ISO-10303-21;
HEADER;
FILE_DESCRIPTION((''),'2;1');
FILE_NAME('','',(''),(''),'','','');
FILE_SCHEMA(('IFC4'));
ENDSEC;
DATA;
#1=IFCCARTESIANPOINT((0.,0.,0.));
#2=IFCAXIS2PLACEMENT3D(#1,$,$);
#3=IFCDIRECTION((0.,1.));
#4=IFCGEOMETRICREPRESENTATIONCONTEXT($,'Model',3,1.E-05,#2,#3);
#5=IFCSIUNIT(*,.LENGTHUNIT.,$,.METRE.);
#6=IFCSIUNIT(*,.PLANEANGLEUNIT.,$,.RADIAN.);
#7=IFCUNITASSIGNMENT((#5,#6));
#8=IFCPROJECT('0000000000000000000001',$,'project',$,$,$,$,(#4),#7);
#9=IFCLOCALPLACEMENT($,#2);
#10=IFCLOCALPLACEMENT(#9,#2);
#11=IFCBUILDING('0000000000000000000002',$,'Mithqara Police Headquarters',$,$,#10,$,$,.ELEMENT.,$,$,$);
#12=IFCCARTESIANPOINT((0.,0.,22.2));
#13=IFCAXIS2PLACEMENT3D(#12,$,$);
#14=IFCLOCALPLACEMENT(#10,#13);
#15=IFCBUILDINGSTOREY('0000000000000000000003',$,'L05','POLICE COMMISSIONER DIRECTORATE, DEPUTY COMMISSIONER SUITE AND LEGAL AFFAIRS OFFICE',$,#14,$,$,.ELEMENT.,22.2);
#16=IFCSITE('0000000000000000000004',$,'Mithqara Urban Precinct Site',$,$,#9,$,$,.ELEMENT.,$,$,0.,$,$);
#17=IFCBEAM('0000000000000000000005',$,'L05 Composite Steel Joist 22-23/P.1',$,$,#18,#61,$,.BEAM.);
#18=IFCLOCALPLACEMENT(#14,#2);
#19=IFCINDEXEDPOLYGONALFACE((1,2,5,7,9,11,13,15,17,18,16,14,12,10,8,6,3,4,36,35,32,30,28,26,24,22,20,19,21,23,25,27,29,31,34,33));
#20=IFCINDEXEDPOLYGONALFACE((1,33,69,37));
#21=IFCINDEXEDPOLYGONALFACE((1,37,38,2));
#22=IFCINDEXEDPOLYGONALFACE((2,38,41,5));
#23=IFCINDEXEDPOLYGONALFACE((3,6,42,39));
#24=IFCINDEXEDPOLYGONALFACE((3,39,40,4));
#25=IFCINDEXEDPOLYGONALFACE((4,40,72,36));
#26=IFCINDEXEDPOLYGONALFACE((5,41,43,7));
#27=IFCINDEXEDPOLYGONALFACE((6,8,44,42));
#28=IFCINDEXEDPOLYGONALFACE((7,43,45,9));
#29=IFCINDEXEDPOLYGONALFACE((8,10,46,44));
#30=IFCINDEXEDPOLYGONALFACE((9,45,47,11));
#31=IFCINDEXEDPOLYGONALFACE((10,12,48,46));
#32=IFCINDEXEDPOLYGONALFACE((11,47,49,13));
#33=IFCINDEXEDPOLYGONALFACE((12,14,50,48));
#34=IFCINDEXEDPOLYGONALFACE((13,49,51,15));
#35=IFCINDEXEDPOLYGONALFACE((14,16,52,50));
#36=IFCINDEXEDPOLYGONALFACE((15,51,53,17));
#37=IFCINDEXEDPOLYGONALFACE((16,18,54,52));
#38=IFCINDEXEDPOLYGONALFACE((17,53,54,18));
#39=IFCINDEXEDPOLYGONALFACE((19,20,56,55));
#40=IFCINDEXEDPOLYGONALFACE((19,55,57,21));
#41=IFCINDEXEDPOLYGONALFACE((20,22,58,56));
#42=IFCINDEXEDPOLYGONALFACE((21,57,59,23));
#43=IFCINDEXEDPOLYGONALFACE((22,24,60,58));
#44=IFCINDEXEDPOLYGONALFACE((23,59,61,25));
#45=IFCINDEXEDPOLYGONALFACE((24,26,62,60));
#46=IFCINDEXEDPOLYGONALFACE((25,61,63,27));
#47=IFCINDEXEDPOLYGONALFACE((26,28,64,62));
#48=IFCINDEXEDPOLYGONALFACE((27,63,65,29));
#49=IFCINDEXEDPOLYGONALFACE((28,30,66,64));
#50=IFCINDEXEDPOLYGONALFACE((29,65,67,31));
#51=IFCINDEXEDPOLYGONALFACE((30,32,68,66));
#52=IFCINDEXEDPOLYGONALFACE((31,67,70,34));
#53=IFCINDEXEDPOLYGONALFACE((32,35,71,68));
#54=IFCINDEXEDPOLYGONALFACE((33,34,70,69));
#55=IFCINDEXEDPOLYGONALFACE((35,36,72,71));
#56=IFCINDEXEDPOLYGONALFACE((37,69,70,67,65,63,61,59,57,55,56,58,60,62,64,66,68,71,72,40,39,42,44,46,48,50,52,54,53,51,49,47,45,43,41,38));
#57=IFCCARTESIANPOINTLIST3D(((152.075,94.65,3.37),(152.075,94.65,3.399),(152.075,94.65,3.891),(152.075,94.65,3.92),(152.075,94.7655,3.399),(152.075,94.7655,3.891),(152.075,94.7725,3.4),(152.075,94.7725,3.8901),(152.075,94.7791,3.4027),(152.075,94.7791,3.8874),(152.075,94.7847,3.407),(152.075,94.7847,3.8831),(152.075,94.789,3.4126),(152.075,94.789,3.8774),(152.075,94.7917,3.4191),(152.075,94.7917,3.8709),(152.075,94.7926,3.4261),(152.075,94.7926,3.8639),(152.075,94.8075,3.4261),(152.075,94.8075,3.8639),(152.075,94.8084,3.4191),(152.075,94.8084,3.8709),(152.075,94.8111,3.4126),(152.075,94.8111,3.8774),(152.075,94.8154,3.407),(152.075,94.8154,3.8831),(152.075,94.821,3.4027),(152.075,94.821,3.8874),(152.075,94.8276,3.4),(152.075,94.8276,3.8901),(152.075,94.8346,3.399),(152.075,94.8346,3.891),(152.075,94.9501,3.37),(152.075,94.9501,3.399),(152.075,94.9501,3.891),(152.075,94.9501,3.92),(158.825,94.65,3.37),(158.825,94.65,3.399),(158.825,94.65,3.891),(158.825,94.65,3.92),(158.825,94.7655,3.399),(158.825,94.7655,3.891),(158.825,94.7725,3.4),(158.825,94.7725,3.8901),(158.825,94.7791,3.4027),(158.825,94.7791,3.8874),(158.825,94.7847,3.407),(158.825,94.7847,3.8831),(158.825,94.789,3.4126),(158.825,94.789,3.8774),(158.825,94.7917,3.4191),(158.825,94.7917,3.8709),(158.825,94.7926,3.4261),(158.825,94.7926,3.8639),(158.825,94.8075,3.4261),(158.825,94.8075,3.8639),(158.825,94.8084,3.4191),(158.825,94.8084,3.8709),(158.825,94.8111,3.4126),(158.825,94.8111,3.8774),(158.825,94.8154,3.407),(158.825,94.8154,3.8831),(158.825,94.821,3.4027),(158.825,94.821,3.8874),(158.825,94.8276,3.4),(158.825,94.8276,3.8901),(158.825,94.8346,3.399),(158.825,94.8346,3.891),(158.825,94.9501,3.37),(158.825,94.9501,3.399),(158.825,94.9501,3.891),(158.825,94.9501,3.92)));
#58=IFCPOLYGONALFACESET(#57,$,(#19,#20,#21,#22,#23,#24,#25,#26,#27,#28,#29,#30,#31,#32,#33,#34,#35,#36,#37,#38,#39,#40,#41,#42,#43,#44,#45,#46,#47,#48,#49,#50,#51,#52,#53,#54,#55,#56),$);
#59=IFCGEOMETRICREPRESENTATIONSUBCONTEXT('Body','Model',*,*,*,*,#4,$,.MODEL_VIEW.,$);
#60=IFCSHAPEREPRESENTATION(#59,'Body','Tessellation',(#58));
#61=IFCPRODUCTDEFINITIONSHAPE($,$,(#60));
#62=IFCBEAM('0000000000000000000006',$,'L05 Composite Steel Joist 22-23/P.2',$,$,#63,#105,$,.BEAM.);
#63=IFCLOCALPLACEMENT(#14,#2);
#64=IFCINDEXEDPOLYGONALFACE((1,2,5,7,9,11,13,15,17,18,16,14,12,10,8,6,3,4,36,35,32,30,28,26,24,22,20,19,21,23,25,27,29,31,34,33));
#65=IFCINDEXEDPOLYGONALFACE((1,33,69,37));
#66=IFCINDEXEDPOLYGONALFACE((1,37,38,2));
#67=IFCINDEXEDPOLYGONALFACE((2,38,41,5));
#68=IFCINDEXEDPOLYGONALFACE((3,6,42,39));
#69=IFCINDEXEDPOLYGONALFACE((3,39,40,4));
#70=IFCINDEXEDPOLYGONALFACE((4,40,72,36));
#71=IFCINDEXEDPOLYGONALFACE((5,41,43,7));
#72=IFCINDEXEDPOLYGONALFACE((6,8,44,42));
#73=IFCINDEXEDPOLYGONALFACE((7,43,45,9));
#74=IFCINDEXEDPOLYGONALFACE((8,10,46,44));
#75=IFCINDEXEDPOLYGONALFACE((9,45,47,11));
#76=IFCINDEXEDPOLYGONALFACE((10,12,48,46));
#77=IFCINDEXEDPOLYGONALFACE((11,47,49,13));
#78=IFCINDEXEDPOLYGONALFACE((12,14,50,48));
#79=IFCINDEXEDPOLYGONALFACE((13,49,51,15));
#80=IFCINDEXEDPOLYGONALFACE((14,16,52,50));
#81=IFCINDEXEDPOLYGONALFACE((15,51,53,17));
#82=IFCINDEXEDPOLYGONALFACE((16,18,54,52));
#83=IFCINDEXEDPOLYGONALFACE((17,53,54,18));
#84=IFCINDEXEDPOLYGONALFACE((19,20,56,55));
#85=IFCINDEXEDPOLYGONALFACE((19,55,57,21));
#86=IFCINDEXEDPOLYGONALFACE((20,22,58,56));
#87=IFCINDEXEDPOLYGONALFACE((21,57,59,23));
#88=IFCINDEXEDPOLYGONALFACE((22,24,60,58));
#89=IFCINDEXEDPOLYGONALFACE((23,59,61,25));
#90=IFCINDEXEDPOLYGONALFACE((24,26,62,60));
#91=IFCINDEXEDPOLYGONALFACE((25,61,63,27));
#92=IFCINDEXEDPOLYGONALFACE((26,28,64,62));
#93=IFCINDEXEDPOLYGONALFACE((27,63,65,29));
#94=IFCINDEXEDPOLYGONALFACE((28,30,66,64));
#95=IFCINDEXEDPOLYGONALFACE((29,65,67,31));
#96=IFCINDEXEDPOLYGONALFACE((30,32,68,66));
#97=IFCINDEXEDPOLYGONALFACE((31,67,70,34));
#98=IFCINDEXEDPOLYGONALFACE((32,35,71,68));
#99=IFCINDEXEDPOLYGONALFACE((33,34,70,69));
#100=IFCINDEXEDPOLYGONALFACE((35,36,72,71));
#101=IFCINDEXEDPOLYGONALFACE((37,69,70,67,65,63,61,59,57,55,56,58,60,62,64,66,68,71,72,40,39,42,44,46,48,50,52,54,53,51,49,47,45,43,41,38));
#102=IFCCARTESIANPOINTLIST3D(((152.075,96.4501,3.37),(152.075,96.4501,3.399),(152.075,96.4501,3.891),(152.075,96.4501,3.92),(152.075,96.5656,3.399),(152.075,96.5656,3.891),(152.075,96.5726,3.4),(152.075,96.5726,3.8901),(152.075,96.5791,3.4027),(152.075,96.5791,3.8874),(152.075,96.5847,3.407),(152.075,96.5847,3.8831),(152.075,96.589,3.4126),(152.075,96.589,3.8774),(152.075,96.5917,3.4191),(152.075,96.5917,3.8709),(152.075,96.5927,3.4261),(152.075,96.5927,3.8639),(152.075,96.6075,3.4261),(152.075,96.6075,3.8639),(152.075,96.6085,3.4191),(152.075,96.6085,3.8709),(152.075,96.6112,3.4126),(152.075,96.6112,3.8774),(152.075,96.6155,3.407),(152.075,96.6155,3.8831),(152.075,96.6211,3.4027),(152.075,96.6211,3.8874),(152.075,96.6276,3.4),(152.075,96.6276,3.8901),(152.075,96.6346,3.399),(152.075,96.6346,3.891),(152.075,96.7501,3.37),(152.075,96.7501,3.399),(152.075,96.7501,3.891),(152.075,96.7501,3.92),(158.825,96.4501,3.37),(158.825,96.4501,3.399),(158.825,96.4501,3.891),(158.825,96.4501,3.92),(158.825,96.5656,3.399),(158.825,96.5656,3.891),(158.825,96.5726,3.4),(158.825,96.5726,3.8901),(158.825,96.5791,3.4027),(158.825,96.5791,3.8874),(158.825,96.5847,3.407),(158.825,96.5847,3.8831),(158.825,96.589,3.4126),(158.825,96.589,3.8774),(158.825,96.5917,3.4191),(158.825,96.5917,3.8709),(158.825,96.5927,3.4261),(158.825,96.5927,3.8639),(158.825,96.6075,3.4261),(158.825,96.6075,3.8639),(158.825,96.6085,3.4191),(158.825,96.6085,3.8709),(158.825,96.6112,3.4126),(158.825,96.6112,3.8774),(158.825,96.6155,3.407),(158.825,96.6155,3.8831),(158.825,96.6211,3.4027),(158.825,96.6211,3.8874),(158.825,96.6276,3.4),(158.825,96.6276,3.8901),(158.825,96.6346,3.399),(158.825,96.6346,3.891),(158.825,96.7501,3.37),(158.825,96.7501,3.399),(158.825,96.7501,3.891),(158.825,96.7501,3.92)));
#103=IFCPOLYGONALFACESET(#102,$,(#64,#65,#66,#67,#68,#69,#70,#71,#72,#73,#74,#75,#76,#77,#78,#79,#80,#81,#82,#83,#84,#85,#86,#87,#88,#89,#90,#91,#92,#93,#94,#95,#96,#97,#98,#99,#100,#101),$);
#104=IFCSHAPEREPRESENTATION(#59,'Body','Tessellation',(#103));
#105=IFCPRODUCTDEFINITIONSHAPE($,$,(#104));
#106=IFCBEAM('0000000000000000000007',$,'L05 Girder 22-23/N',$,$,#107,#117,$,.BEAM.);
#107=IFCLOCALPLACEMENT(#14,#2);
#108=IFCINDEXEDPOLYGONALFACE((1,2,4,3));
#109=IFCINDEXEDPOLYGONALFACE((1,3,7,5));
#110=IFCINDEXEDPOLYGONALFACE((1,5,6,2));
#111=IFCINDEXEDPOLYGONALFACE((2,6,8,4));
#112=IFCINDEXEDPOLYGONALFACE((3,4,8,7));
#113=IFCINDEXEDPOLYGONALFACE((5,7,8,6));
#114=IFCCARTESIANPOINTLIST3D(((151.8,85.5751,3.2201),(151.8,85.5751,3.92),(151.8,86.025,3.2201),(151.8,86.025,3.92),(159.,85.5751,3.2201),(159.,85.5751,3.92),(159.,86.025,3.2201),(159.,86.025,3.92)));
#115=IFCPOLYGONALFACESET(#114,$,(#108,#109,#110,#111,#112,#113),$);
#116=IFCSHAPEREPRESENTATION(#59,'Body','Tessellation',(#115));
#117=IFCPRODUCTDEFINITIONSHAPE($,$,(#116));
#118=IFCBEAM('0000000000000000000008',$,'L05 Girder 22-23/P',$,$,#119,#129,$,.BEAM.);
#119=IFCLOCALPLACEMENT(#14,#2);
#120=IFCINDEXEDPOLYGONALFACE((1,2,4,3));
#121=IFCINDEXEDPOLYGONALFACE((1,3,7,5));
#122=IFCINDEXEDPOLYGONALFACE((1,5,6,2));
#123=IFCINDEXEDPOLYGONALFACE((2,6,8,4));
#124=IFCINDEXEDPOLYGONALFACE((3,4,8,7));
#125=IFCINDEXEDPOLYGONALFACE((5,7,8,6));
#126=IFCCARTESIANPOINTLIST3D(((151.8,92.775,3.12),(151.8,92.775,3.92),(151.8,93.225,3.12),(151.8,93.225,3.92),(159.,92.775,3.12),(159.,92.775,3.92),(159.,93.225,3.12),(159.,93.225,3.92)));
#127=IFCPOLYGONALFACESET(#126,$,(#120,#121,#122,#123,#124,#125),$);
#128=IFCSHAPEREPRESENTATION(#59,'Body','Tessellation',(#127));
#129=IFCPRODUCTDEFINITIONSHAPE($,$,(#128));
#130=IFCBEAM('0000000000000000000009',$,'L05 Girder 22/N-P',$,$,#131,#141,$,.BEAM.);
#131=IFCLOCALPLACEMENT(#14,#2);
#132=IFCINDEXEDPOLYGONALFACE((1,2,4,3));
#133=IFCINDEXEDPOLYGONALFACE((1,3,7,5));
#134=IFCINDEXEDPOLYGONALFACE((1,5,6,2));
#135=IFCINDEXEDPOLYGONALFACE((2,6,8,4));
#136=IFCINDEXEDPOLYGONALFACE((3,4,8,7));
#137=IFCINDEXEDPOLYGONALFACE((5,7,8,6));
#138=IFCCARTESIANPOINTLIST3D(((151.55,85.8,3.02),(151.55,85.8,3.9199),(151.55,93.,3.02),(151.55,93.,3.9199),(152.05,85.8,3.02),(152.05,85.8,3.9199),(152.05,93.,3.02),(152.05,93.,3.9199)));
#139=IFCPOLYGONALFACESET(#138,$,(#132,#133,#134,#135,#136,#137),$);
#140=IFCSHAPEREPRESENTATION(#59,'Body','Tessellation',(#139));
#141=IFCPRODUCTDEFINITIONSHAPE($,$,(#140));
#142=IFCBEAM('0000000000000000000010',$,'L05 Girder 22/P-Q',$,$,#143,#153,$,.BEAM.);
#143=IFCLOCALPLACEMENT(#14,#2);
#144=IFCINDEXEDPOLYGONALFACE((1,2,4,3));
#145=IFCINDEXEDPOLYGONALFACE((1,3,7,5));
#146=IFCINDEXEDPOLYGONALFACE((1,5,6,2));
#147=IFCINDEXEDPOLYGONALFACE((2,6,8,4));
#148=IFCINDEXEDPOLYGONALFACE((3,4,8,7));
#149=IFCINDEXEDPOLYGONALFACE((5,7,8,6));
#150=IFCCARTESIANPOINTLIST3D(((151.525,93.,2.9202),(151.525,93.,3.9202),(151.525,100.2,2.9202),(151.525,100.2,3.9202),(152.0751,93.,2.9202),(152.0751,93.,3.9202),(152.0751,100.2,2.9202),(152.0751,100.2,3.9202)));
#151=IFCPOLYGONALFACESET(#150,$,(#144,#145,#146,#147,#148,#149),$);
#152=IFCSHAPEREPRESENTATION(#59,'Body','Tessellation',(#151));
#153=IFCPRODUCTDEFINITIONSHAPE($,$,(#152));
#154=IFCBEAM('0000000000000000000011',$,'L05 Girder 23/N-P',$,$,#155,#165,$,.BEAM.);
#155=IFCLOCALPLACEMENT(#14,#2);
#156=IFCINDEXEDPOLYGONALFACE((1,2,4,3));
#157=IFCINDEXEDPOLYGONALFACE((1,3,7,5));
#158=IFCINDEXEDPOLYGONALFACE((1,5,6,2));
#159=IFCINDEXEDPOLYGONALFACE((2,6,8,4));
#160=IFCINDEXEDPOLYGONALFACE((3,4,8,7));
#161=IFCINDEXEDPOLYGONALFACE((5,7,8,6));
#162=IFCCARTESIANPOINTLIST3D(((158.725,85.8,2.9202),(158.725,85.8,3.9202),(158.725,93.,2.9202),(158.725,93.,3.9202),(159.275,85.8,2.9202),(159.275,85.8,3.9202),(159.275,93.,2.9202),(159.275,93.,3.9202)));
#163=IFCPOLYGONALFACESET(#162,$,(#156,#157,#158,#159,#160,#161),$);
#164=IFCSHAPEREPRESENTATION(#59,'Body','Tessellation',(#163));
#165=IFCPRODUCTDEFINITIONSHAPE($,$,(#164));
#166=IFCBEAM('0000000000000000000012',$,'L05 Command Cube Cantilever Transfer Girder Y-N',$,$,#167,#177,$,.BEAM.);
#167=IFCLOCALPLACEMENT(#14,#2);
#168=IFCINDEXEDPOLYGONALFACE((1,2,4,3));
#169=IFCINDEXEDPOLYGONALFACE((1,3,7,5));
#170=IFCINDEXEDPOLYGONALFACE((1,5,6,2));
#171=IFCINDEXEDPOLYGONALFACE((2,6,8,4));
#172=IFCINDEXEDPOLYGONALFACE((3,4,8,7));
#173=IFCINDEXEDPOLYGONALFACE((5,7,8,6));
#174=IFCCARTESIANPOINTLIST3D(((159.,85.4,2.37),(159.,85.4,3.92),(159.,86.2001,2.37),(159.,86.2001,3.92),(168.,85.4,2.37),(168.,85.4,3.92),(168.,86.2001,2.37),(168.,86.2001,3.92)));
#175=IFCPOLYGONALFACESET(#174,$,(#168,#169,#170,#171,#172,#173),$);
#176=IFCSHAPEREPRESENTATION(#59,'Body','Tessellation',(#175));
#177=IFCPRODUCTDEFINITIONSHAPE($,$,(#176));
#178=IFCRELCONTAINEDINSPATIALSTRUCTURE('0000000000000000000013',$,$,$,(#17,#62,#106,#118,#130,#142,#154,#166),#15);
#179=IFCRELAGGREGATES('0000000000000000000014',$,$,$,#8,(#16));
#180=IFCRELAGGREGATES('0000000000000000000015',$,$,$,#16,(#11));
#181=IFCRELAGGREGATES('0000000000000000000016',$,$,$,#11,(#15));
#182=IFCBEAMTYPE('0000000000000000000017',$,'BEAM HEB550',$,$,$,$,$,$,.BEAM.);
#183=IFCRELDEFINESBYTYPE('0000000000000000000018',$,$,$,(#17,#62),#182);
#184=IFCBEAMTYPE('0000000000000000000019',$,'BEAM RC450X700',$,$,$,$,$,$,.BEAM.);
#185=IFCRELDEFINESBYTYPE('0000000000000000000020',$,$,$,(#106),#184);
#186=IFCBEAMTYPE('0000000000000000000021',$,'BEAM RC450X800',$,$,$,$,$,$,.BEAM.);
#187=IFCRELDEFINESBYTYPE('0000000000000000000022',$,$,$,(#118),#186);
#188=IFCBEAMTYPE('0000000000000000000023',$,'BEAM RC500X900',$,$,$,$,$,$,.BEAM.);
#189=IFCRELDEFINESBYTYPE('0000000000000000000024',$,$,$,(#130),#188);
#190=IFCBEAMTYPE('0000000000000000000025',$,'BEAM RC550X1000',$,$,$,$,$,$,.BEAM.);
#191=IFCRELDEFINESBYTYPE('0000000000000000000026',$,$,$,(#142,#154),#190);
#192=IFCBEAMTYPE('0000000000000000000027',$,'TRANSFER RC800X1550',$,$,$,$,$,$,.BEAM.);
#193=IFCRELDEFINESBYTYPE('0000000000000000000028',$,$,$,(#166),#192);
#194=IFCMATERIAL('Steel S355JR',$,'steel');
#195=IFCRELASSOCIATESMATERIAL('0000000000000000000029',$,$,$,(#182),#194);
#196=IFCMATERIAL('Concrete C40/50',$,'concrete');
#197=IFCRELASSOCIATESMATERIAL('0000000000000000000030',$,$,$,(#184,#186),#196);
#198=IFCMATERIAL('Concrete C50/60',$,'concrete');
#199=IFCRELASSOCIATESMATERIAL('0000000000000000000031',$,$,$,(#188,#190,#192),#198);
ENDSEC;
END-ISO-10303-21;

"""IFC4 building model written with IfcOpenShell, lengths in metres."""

from ifc_helpers import new_model, si_unit, direction, frame, origin, origin_2d, place, context, subcontext, project, spatial, rectangle, i_section, extrude, material, material_profile, profile_set, type_object, element, save


model = new_model("IFC4")

# Units and contexts
model_context = context("Model", 3, precision=1e-05, world=origin(), true_north=direction((0.0, 1.0)))
body_context = subcontext(model_context, "Body", "Model", "MODEL_VIEW")
ifc_project = project(units=[si_unit("LENGTHUNIT", "METRE"), si_unit("PLANEANGLEUNIT", "RADIAN")], contexts=[model_context])

# Site, building, storey
site_placement = place(None, origin())
site = spatial("IfcSite", under=ifc_project, at=site_placement, Name="Mithqara Urban Precinct Site", CompositionType="ELEMENT", RefElevation=0.0)
building_placement = place(site_placement, origin())
building = spatial("IfcBuilding", under=site, at=building_placement, Name="Mithqara Police Headquarters", CompositionType="ELEMENT")
storey_placement = place(building_placement, frame((0.0, 0.0, 22.2)))
storey = spatial("IfcBuildingStorey", under=building, at=storey_placement, Name="L05", Description="POLICE COMMISSIONER DIRECTORATE, DEPUTY COMMISSIONER SUITE AND LEGAL AFFAIRS OFFICE", CompositionType="ELEMENT", Elevation=22.2)

# Shared definitions
ifc_material_1 = material(Name="Concrete C50/60", Category="concrete")

# Beams
ifc_material_2 = material(Name="Steel S355JR", Category="steel")
ifc_material_profile_1 = material_profile(ifc_material_2, i_section(OverallWidth=0.3, OverallDepth=0.55, WebThickness=0.0149, FlangeThickness=0.0291, FilletRadius=0.0271, at=origin_2d()), Name="HEB 550")
ifc_profile_set_1 = profile_set([ifc_material_profile_1], Name="Steel S355JR")
beam_type_1 = type_object("IfcBeamType", Name="BEAM HEB550", PredefinedType="BEAM", material=ifc_profile_set_1)
for number, where, z_axis, x_axis, name in (
    (1, (152.075, 94.8, 3.645), (1.0, 0.0, 0.0), (0.0, 1.0, 0.0), "L05 Composite Steel Joist 22-23/P.1"),
    (2, (152.075, 96.6001, 3.645), (1.0, 0.0, 0.0), (0.0, 1.0, 0.0), "L05 Composite Steel Joist 22-23/P.2"),
):
    element("IfcBeam", number, at=place(storey_placement, frame(where, z_axis=z_axis, x_axis=x_axis)), inside=storey, type_object=beam_type_1, Name=name, PredefinedType="BEAM", context=body_context, shape_type="SweptSolid", body=[
        extrude(i_section(OverallWidth=0.3, OverallDepth=0.55, WebThickness=0.0149, FlangeThickness=0.0291, FilletRadius=0.0271, at=origin_2d()), origin(), (0.0, 0.0, 1.0), 6.75),
    ])
ifc_material_3 = material(Name="Concrete C40/50", Category="concrete")
ifc_material_profile_2 = material_profile(ifc_material_3, rectangle(XDim=0.45, YDim=0.7, at=origin_2d()), Name="RC 450x700")
ifc_profile_set_2 = profile_set([ifc_material_profile_2], Name="Concrete C40/50")
beam_type_2 = type_object("IfcBeamType", Name="BEAM RC450X700", PredefinedType="BEAM", material=ifc_profile_set_2)
beam_1_placement = place(storey_placement, frame((151.8, 85.8, 3.5701), z_axis=(1.0, 0.0, 0.0), x_axis=(0.0, 1.0, 0.0)))
element("IfcBeam", 3, at=beam_1_placement, inside=storey, type_object=beam_type_2, Name="L05 Girder 22-23/N", PredefinedType="BEAM", context=body_context, shape_type="SweptSolid", body=[
    extrude(rectangle(XDim=0.45, YDim=0.7, at=origin_2d()), origin(), (0.0, 0.0, 1.0), 7.2),
])
ifc_material_profile_3 = material_profile(ifc_material_3, rectangle(XDim=0.45, YDim=0.8, at=origin_2d()), Name="RC 450x800")
ifc_profile_set_3 = profile_set([ifc_material_profile_3], Name="Concrete C40/50")
beam_type_3 = type_object("IfcBeamType", Name="BEAM RC450X800", PredefinedType="BEAM", material=ifc_profile_set_3)
beam_2_placement = place(storey_placement, frame((151.8, 93.0, 3.52), z_axis=(1.0, 0.0, 0.0), x_axis=(0.0, 1.0, 0.0)))
element("IfcBeam", 4, at=beam_2_placement, inside=storey, type_object=beam_type_3, Name="L05 Girder 22-23/P", PredefinedType="BEAM", context=body_context, shape_type="SweptSolid", body=[
    extrude(rectangle(XDim=0.45, YDim=0.8, at=origin_2d()), origin(), (0.0, 0.0, 1.0), 7.2),
])
ifc_material_profile_4 = material_profile(ifc_material_1, rectangle(XDim=0.5, YDim=0.8999, at=origin_2d()), Name="RC 500x900")
ifc_profile_set_4 = profile_set([ifc_material_profile_4], Name="Concrete C50/60")
beam_type_4 = type_object("IfcBeamType", Name="BEAM RC500X900", PredefinedType="BEAM", material=ifc_profile_set_4)
beam_3_placement = place(storey_placement, frame((151.8, 85.8, 3.47), z_axis=(0.0, 1.0, 0.0), x_axis=(-1.0, 0.0, 0.0)))
element("IfcBeam", 5, at=beam_3_placement, inside=storey, type_object=beam_type_4, Name="L05 Girder 22/N-P", PredefinedType="BEAM", context=body_context, shape_type="SweptSolid", body=[
    extrude(rectangle(XDim=0.5, YDim=0.8999, at=origin_2d()), origin(), (0.0, 0.0, 1.0), 7.2),
])
ifc_material_profile_5 = material_profile(ifc_material_1, rectangle(XDim=0.55, YDim=1.0, at=origin_2d()), Name="RC 550x1000")
ifc_profile_set_5 = profile_set([ifc_material_profile_5], Name="Concrete C50/60")
beam_type_5 = type_object("IfcBeamType", Name="BEAM RC550X1000", PredefinedType="BEAM", material=ifc_profile_set_5)
for number, where, z_axis, x_axis, name in (
    (6, (151.8, 93.0, 3.4202), (0.0, 1.0, 0.0), (-1.0, 0.0, 0.0), "L05 Girder 22/P-Q"),
    (7, (159.0, 85.8, 3.4202), (0.0, 1.0, 0.0), (-1.0, 0.0, 0.0), "L05 Girder 23/N-P"),
):
    element("IfcBeam", number, at=place(storey_placement, frame(where, z_axis=z_axis, x_axis=x_axis)), inside=storey, type_object=beam_type_5, Name=name, PredefinedType="BEAM", context=body_context, shape_type="SweptSolid", body=[
        extrude(rectangle(XDim=0.55, YDim=1.0, at=origin_2d()), origin(), (0.0, 0.0, 1.0), 7.2),
    ])
ifc_material_profile_6 = material_profile(ifc_material_1, rectangle(XDim=0.8, YDim=1.55, at=origin_2d()), Name="RC 800x1550")
ifc_profile_set_6 = profile_set([ifc_material_profile_6], Name="Concrete C50/60")
beam_type_6 = type_object("IfcBeamType", Name="TRANSFER RC800X1550", PredefinedType="BEAM", material=ifc_profile_set_6)
beam_4_placement = place(storey_placement, frame((159.0, 85.8, 3.145), z_axis=(1.0, 0.0, 0.0), x_axis=(0.0, 1.0, 0.0)))
element("IfcBeam", 8, at=beam_4_placement, inside=storey, type_object=beam_type_6, Name="L05 Command Cube Cantilever Transfer Girder Y-N", PredefinedType="BEAM", context=body_context, shape_type="SweptSolid", body=[
    extrude(rectangle(XDim=0.8, YDim=1.55, at=origin_2d()), origin(), (0.0, 0.0, 1.0), 9.0),
])

save(model, "model.ifc")
